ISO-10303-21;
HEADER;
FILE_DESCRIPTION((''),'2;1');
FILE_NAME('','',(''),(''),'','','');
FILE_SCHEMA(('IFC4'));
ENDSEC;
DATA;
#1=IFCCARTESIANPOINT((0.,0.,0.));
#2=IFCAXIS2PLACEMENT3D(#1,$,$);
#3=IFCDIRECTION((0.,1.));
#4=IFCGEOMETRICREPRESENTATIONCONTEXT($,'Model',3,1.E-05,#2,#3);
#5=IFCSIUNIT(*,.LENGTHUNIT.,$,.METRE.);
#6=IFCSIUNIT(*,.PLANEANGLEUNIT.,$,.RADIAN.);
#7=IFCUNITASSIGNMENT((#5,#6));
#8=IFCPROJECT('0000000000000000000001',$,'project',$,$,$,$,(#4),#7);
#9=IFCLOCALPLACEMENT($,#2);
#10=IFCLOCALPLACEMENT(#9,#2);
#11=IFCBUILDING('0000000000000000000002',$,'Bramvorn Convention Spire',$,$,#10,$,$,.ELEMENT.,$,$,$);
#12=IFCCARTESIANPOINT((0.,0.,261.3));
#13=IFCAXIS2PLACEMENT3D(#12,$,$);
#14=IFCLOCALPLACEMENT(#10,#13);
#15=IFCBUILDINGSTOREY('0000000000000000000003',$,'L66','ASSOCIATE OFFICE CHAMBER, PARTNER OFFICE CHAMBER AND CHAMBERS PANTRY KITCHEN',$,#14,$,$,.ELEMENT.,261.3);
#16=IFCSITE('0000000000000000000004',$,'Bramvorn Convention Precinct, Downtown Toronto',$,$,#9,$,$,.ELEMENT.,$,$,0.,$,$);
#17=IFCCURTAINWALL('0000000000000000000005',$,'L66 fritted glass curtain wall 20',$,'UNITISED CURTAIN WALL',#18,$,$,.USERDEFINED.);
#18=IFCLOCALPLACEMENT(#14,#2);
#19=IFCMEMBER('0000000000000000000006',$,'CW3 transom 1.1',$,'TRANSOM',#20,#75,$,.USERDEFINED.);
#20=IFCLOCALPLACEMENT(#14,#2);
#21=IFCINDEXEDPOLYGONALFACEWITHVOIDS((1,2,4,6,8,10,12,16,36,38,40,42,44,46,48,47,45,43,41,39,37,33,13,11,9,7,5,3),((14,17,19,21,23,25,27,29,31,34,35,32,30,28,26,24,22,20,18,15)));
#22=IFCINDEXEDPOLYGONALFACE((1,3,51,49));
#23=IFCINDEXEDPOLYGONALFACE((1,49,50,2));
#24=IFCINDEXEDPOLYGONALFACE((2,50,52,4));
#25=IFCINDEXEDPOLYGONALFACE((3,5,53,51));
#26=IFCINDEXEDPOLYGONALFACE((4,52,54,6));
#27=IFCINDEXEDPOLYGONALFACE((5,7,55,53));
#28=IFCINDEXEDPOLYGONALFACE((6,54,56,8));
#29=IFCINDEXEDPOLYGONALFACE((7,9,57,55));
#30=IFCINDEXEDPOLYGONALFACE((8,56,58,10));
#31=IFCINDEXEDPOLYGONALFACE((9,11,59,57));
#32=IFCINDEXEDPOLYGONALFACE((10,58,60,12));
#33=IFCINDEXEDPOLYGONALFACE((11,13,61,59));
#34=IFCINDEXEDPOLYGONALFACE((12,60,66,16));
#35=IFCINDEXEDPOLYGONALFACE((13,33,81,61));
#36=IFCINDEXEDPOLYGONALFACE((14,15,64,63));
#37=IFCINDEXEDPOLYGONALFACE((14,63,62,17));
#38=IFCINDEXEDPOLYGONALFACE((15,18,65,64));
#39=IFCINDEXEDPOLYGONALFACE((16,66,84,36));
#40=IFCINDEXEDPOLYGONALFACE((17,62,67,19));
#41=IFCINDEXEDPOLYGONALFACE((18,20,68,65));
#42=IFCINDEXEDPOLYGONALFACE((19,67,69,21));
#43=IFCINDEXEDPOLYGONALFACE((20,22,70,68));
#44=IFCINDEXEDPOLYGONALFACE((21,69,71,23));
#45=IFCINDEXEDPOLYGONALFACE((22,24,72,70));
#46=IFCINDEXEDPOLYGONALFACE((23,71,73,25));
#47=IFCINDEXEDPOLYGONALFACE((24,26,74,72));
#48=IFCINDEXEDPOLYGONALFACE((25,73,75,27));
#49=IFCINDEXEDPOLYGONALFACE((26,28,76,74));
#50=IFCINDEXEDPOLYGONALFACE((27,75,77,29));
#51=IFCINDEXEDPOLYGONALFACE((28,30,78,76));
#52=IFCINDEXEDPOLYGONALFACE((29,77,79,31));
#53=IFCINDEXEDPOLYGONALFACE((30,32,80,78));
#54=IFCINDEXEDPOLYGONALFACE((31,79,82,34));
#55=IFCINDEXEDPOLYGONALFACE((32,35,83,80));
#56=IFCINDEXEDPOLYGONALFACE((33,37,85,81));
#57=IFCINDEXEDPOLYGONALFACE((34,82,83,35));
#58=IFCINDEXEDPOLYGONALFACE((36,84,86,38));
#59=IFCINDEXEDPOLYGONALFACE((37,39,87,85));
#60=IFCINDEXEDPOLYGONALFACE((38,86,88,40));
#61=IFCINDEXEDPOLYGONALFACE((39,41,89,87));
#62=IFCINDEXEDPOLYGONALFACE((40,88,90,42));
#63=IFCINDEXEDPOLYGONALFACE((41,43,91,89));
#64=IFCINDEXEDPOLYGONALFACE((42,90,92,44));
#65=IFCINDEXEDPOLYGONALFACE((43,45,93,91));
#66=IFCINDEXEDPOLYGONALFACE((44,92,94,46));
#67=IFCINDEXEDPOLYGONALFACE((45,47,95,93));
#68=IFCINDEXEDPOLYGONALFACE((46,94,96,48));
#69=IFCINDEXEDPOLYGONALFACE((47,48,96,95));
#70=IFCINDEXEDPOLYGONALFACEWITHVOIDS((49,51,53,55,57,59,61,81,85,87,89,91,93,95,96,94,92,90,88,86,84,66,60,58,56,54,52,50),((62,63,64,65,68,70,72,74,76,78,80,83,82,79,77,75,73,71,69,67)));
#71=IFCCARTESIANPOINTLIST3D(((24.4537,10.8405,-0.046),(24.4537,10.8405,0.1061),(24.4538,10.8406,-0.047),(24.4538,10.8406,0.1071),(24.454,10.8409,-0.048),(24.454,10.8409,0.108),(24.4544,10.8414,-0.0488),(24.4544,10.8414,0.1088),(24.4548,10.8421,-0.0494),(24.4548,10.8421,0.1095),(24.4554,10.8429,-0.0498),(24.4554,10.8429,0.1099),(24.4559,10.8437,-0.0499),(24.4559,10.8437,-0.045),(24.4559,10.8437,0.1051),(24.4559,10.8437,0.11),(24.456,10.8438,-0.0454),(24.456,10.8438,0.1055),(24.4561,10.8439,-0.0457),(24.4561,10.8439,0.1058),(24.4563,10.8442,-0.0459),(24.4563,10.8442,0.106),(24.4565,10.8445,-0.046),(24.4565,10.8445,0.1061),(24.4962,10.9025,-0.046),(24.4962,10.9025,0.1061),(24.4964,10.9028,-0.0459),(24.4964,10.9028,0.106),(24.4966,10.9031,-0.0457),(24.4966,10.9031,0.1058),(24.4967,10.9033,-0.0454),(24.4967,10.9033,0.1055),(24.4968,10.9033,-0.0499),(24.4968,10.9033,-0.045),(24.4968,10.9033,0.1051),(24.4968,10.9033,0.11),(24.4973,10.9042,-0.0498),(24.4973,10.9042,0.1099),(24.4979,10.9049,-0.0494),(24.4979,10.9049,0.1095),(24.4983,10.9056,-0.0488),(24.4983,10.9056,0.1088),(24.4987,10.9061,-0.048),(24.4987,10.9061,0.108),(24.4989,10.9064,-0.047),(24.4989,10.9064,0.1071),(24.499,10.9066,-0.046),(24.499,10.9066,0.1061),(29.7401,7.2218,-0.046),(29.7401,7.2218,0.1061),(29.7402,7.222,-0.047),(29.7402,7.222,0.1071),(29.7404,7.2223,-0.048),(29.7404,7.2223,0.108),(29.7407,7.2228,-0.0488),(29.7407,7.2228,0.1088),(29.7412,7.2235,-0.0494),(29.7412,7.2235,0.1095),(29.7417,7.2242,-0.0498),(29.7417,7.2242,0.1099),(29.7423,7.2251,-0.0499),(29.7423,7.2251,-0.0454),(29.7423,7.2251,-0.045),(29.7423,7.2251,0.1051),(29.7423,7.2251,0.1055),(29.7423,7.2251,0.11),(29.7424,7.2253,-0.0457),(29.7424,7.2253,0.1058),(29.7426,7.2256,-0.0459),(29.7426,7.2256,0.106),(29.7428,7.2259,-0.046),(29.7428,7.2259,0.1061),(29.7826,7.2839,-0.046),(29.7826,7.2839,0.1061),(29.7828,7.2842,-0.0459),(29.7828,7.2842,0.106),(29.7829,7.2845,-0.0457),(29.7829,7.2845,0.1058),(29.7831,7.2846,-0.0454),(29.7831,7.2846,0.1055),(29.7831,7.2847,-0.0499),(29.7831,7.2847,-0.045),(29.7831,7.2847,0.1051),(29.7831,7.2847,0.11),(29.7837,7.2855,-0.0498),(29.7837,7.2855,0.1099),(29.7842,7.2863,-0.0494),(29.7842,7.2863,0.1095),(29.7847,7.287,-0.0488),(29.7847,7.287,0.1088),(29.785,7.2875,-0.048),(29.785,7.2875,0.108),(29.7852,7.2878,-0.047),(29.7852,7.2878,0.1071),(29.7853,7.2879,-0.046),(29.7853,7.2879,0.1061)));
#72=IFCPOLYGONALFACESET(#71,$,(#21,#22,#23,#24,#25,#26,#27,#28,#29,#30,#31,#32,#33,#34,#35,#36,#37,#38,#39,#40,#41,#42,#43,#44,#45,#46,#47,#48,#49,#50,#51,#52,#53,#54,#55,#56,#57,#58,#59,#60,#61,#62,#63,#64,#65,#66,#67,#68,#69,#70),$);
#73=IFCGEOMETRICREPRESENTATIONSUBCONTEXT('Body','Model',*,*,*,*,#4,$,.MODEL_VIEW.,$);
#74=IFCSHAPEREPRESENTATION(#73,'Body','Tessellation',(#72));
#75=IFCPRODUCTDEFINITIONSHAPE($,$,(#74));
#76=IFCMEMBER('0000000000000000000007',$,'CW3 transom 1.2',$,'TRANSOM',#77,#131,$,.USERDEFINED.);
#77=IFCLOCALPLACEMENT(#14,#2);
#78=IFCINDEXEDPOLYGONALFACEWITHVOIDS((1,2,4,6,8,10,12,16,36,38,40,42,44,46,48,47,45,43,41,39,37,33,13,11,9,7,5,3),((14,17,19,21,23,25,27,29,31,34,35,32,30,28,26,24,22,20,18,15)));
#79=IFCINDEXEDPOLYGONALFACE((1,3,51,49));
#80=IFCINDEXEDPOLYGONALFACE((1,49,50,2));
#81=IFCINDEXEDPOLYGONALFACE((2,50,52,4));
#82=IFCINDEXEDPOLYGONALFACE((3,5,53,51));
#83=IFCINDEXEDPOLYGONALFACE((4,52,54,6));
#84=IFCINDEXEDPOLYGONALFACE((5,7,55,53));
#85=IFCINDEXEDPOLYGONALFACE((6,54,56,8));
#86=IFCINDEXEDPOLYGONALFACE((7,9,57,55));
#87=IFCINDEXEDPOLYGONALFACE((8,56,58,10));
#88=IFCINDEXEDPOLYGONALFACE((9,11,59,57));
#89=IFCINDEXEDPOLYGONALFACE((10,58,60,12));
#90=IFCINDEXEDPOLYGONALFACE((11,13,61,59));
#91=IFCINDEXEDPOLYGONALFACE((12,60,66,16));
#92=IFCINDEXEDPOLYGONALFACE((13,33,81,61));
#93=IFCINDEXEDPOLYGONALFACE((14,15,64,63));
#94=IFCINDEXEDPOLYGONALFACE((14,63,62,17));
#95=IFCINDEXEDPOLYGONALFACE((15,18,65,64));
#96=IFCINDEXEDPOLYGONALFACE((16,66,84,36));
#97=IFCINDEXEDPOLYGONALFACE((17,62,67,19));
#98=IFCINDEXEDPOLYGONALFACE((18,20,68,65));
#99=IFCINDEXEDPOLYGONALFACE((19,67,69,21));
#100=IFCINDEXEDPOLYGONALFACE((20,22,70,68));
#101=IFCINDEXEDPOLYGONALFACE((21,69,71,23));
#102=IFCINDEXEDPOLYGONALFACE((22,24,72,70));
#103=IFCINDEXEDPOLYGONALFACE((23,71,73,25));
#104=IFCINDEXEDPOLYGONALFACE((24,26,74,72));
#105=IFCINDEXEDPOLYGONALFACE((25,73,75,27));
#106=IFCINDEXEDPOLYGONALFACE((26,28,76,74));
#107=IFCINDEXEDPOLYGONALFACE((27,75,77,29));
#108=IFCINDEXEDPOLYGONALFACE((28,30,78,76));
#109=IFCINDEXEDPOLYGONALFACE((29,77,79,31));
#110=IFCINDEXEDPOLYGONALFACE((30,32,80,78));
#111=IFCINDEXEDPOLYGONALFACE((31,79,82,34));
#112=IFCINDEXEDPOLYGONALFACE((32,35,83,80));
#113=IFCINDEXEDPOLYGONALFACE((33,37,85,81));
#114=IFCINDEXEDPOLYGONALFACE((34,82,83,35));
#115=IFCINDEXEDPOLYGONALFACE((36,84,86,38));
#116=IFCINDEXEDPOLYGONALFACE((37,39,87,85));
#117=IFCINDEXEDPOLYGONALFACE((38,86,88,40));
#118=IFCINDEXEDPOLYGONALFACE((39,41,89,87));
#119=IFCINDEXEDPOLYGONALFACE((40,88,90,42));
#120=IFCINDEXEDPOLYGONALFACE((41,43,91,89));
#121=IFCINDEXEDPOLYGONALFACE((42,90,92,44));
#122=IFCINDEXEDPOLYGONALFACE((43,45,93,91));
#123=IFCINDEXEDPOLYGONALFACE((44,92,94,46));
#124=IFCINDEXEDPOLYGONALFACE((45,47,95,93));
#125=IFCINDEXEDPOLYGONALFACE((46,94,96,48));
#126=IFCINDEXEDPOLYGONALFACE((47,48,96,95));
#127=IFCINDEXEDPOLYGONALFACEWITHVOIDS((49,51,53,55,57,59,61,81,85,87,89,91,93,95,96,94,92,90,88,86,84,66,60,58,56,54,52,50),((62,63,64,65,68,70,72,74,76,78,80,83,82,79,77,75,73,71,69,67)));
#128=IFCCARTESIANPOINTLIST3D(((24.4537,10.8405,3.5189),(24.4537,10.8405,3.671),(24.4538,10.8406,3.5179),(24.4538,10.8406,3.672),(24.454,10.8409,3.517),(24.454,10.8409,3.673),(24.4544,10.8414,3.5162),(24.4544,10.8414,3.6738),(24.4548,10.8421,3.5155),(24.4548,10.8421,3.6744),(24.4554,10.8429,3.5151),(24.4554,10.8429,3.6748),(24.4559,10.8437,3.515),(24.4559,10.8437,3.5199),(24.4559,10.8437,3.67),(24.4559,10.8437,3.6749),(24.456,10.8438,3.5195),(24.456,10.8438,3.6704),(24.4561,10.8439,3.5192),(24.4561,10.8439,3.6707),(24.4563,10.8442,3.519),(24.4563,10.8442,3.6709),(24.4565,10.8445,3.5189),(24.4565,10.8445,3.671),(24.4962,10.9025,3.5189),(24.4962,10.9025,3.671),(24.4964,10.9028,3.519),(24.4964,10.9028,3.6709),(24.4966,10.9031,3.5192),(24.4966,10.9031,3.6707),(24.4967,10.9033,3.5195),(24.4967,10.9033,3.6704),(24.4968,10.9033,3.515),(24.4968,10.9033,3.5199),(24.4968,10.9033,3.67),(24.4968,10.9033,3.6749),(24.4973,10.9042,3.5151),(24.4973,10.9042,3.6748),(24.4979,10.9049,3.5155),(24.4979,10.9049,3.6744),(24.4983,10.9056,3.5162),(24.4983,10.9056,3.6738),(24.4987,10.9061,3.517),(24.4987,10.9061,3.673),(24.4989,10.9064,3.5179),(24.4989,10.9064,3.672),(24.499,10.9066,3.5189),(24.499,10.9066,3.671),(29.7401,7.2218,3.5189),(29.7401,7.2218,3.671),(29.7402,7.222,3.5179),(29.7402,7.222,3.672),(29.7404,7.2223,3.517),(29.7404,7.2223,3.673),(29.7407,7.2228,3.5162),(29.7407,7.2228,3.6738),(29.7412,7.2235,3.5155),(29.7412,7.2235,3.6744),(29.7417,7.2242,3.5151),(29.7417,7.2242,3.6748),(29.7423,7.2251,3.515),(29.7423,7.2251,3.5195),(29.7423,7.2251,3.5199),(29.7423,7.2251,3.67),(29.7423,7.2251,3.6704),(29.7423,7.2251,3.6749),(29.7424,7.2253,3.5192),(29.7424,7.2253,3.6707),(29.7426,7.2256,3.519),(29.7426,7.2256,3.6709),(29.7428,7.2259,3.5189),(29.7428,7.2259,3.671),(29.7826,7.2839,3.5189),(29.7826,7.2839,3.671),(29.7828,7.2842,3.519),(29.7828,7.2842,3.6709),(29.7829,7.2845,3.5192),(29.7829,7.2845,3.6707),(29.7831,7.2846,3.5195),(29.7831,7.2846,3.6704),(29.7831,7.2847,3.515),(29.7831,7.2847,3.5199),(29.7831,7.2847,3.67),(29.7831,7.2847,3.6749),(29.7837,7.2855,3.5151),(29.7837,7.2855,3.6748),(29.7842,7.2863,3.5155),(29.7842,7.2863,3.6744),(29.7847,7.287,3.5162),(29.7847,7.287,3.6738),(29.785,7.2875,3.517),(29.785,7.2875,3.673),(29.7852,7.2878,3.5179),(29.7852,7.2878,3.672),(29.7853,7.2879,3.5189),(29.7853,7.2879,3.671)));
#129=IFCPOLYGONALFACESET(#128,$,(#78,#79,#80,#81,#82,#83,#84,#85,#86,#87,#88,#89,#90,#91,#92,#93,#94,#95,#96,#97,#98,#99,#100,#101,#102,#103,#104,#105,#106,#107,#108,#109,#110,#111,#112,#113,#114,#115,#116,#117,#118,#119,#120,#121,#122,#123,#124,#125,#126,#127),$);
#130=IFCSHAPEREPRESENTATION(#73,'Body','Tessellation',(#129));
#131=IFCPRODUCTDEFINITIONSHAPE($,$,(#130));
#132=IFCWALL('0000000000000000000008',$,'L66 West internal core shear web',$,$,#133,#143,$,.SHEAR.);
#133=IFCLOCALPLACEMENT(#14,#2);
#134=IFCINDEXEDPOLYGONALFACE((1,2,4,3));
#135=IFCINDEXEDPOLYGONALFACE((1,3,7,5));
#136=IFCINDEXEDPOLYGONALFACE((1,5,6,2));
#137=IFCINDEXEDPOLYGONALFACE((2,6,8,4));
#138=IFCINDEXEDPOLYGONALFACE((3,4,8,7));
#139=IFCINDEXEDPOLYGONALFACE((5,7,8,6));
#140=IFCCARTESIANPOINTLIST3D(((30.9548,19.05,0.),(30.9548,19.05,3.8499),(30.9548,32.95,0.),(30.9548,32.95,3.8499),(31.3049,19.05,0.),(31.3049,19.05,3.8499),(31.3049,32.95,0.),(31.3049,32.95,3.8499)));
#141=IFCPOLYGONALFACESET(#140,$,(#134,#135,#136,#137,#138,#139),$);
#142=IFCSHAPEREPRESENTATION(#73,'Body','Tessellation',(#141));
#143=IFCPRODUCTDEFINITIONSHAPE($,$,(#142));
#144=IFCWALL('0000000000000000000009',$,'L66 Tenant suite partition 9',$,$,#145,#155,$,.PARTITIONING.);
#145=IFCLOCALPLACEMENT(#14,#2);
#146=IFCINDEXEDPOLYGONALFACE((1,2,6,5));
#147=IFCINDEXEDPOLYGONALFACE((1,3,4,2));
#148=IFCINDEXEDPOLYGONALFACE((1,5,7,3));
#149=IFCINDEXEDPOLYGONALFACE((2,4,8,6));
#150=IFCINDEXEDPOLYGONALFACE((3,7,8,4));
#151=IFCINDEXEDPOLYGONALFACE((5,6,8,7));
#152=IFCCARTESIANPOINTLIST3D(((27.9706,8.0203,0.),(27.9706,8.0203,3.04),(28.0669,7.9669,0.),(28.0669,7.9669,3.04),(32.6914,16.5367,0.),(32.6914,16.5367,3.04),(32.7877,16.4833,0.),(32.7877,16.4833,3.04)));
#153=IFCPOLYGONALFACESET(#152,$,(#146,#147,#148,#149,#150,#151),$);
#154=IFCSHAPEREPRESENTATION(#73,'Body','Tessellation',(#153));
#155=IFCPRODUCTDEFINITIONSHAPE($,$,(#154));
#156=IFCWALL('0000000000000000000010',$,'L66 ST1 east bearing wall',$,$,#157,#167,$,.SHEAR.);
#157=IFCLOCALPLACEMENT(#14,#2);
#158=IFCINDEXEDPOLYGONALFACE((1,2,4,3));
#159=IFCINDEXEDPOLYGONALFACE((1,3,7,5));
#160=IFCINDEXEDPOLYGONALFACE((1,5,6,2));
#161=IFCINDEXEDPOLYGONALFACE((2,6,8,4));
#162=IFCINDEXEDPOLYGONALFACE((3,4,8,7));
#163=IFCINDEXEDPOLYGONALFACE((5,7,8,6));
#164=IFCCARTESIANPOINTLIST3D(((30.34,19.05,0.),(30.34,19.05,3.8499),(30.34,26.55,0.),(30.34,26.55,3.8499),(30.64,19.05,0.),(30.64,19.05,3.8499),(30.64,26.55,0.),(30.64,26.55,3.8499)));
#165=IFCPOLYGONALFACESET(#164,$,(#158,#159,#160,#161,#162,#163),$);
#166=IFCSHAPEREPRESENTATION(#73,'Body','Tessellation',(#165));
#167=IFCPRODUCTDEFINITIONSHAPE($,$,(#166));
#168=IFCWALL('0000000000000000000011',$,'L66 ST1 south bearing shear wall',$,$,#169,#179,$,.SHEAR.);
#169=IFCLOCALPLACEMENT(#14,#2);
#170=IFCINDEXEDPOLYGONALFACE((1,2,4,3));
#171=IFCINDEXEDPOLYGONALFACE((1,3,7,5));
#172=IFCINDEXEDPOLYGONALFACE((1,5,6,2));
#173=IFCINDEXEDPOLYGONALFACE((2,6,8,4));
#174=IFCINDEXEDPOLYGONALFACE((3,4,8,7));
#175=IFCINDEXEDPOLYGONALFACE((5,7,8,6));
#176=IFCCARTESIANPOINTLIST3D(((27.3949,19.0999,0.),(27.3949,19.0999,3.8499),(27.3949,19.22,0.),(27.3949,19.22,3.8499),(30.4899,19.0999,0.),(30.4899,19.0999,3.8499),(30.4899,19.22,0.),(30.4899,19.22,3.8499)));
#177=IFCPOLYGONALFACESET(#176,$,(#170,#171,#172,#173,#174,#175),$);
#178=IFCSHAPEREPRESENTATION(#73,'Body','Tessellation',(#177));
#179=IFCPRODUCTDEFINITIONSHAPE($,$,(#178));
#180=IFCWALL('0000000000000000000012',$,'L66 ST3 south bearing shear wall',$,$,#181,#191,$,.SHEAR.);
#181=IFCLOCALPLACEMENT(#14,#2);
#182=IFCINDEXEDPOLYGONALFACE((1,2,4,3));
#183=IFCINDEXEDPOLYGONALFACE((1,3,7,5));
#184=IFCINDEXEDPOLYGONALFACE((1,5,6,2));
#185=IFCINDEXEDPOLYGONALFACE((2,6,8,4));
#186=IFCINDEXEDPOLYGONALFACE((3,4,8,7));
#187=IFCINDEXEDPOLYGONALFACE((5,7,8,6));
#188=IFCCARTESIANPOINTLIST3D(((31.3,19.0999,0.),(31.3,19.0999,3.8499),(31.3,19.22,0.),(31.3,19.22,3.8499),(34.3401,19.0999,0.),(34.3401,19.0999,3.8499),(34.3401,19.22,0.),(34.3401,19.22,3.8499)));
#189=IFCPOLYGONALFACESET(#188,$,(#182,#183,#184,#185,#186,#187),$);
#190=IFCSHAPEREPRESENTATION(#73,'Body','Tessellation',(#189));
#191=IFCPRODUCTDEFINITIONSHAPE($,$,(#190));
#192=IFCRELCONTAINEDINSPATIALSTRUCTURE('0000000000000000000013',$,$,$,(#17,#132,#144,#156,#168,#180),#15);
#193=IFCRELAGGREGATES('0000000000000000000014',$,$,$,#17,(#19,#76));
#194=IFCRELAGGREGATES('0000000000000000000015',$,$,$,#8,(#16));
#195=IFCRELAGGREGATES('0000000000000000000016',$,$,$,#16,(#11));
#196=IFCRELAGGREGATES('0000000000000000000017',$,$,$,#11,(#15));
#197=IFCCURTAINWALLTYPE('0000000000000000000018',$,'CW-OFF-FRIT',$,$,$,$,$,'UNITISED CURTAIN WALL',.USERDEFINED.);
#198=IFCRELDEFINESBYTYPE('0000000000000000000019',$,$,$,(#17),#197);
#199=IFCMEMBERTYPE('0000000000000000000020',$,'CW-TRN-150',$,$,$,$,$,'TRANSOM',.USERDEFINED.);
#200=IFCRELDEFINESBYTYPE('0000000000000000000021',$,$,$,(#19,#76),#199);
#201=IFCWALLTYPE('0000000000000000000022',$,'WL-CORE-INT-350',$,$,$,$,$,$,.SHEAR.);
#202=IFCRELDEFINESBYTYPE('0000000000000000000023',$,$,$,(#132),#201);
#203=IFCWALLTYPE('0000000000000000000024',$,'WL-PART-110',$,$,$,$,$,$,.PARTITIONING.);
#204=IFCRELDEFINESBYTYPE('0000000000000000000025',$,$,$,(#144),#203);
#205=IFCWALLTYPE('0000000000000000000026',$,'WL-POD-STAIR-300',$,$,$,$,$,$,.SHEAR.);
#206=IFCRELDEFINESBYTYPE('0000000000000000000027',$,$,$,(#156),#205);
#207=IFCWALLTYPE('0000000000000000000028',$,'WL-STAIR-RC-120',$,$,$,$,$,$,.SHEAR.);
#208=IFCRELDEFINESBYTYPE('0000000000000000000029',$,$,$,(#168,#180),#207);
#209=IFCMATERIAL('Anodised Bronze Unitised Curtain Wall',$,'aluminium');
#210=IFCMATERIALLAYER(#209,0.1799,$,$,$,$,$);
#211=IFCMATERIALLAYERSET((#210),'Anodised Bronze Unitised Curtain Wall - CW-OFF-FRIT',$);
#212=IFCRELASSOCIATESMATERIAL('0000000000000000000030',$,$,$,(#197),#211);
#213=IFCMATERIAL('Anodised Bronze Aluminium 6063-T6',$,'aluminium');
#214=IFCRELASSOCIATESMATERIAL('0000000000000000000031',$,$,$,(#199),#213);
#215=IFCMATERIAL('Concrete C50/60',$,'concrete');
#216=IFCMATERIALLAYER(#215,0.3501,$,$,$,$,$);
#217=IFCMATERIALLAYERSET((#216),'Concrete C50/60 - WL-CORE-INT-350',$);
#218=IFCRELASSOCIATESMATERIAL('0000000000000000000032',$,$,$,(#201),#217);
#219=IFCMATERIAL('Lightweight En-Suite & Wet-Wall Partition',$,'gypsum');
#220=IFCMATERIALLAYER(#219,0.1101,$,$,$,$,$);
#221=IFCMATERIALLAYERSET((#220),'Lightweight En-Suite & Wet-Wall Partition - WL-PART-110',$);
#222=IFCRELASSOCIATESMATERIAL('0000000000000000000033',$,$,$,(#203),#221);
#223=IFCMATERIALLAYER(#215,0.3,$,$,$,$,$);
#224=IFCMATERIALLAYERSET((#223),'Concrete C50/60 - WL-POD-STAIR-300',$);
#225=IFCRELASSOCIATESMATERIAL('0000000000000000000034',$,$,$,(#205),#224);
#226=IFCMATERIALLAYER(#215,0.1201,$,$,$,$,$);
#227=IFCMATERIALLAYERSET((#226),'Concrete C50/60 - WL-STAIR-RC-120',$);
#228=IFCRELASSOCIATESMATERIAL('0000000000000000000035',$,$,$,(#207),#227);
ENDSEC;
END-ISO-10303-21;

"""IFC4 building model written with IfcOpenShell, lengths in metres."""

from ifc_helpers import new_model, si_unit, direction, frame, frame_2d, origin, origin_2d, place, context, subcontext, project, spatial, rectangle, hollow_rectangle, extrude, material, layer, layer_set, material_profile, profile_set, type_object, element, aggregate, save


model = new_model("IFC4")

# Units and contexts
model_context = context("Model", 3, precision=1e-05, world=origin(), true_north=direction((0.0, 1.0)))
body_context = subcontext(model_context, "Body", "Model", "MODEL_VIEW")
ifc_project = project(units=[si_unit("LENGTHUNIT", "METRE"), si_unit("PLANEANGLEUNIT", "RADIAN")], contexts=[model_context])

# Site, building, storey
site_placement = place(None, origin())
site = spatial("IfcSite", under=ifc_project, at=site_placement, Name="Bramvorn Convention Precinct, Downtown Toronto", CompositionType="ELEMENT", RefElevation=0.0)
building_placement = place(site_placement, origin())
building = spatial("IfcBuilding", under=site, at=building_placement, Name="Bramvorn Convention Spire", CompositionType="ELEMENT")
storey_placement = place(building_placement, frame((0.0, 0.0, 261.3)))
storey = spatial("IfcBuildingStorey", under=building, at=storey_placement, Name="L66", Description="ASSOCIATE OFFICE CHAMBER, PARTNER OFFICE CHAMBER AND CHAMBERS PANTRY KITCHEN", CompositionType="ELEMENT", Elevation=261.3)

# Curtain wall, members
ifc_material_1 = material(Name="Anodised Bronze Unitised Curtain Wall", Category="aluminium")
ifc_layer_1 = layer(ifc_material_1, 0.1799)
ifc_layer_set_1 = layer_set([ifc_layer_1], Name="Anodised Bronze Unitised Curtain Wall - CW-OFF-FRIT")
curtain_wall_type = type_object("IfcCurtainWallType", Name="CW-OFF-FRIT", ElementType="UNITISED CURTAIN WALL", PredefinedType="USERDEFINED", material=ifc_layer_set_1)
curtain_wall_placement = place(storey_placement, origin())
curtain_wall = element("IfcCurtainWall", 1, at=curtain_wall_placement, inside=storey, type_object=curtain_wall_type, Name="L66 fritted glass curtain wall 20", ObjectType="UNITISED CURTAIN WALL", PredefinedType="USERDEFINED")
ifc_material_2 = material(Name="Anodised Bronze Aluminium 6063-T6", Category="aluminium")
ifc_material_profile_1 = material_profile(ifc_material_2, hollow_rectangle(XDim=0.0801, YDim=0.1599, WallThickness=0.0039, InnerFilletRadius=0.001, OuterFilletRadius=0.0039, at=origin_2d()))
ifc_profile_set_1 = profile_set([ifc_material_profile_1], Name="Anodised Bronze Aluminium 6063-T6 - CWT80X160")
member_type_1 = type_object("IfcMemberType", Name="CW-TRN-150", ElementType="TRANSOM", PredefinedType="USERDEFINED", material=ifc_profile_set_1)
member_1_placement = place(storey_placement, frame((29.7627, 7.2549, 0.03), z_axis=(-0.825187, 0.56486, 0.0), x_axis=(-0.56486, -0.825187, 0.0)))
member_1 = element("IfcMember", 2, at=member_1_placement, type_object=member_type_1, Name="CW3 transom 1.1", ObjectType="TRANSOM", PredefinedType="USERDEFINED", context=body_context, shape_type="SweptSolid", body=[
    extrude(hollow_rectangle(XDim=0.0801, YDim=0.1599, WallThickness=0.0039, InnerFilletRadius=0.001, OuterFilletRadius=0.0039, at=origin_2d()), origin(), (0.0, 0.0, 1.0), 6.4062),
])
member_2_placement = place(storey_placement, frame((29.7627, 7.2549, 3.595), z_axis=(-0.825187, 0.56486, 0.0), x_axis=(-0.56486, -0.825187, 0.0)))
member_2 = element("IfcMember", 3, at=member_2_placement, type_object=member_type_1, Name="CW3 transom 1.2", ObjectType="TRANSOM", PredefinedType="USERDEFINED", context=body_context, shape_type="SweptSolid", body=[
    extrude(hollow_rectangle(XDim=0.0801, YDim=0.1599, WallThickness=0.0039, InnerFilletRadius=0.001, OuterFilletRadius=0.0039, at=origin_2d()), origin(), (0.0, 0.0, 1.0), 6.4062),
])
aggregate(curtain_wall, [member_1, member_2])

# Walls
ifc_material_3 = material(Name="Concrete C50/60", Category="concrete")
ifc_layer_2 = layer(ifc_material_3, 0.3501)
ifc_layer_set_2 = layer_set([ifc_layer_2], Name="Concrete C50/60 - WL-CORE-INT-350")
wall_type_1 = type_object("IfcWallType", Name="WL-CORE-INT-350", PredefinedType="SHEAR", material=ifc_layer_set_2)
wall_1_placement = place(storey_placement, frame((31.1299, 19.05, 0.0), z_axis=(0.0, 0.0, 1.0), x_axis=(0.0, 1.0, 0.0)))
element("IfcWall", 4, at=wall_1_placement, inside=storey, type_object=wall_type_1, Name="L66 West internal core shear web", PredefinedType="SHEAR", context=body_context, shape_type="SweptSolid", body=[
    extrude(rectangle(XDim=13.8999, YDim=0.3501, at=frame_2d((6.95, 0.0))), origin(), (0.0, 0.0, 1.0), 3.8499),
])
ifc_material_4 = material(Name="Lightweight En-Suite & Wet-Wall Partition", Category="gypsum")
ifc_layer_3 = layer(ifc_material_4, 0.1101)
ifc_layer_set_3 = layer_set([ifc_layer_3], Name="Lightweight En-Suite & Wet-Wall Partition - WL-PART-110")
wall_type_2 = type_object("IfcWallType", Name="WL-PART-110", PredefinedType="PARTITIONING", material=ifc_layer_set_3)
wall_2_placement = place(storey_placement, frame((32.7395, 16.51, 0.0), z_axis=(0.0, 0.0, 1.0), x_axis=(-0.48481, -0.874619, 0.0)))
element("IfcWall", 5, at=wall_2_placement, inside=storey, type_object=wall_type_2, Name="L66 Tenant suite partition 9", PredefinedType="PARTITIONING", context=body_context, shape_type="SweptSolid", body=[
    extrude(rectangle(XDim=9.7373, YDim=0.1101, at=frame_2d((4.8687, 0.0))), origin(), (0.0, 0.0, 1.0), 3.04),
])
ifc_layer_4 = layer(ifc_material_3, 0.3)
ifc_layer_set_4 = layer_set([ifc_layer_4], Name="Concrete C50/60 - WL-POD-STAIR-300")
wall_type_3 = type_object("IfcWallType", Name="WL-POD-STAIR-300", PredefinedType="SHEAR", material=ifc_layer_set_4)
wall_3_placement = place(storey_placement, frame((30.49, 19.05, 0.0), z_axis=(0.0, 0.0, 1.0), x_axis=(0.0, 1.0, 0.0)))
element("IfcWall", 6, at=wall_3_placement, inside=storey, type_object=wall_type_3, Name="L66 ST1 east bearing wall", PredefinedType="SHEAR", context=body_context, shape_type="SweptSolid", body=[
    extrude(rectangle(XDim=7.5, YDim=0.3, at=frame_2d((3.75, 0.0))), origin(), (0.0, 0.0, 1.0), 3.8499),
])
ifc_layer_5 = layer(ifc_material_3, 0.1201)
ifc_layer_set_5 = layer_set([ifc_layer_5], Name="Concrete C50/60 - WL-STAIR-RC-120")
wall_type_4 = type_object("IfcWallType", Name="WL-STAIR-RC-120", PredefinedType="SHEAR", material=ifc_layer_set_5)
wall_4_placement = place(storey_placement, frame((27.395, 19.1599, 0.0), z_axis=(0.0, 0.0, 1.0), x_axis=(1.0, 0.0, 0.0)))
element("IfcWall", 7, at=wall_4_placement, inside=storey, type_object=wall_type_4, Name="L66 ST1 south bearing shear wall", PredefinedType="SHEAR", context=body_context, shape_type="SweptSolid", body=[
    extrude(rectangle(XDim=3.095, YDim=0.1201, at=frame_2d((1.5474, 0.0))), origin(), (0.0, 0.0, 1.0), 3.8499),
])
wall_5_placement = place(storey_placement, frame((31.3, 19.1599, 0.0), z_axis=(0.0, 0.0, 1.0), x_axis=(1.0, 0.0, 0.0)))
element("IfcWall", 8, at=wall_5_placement, inside=storey, type_object=wall_type_4, Name="L66 ST3 south bearing shear wall", PredefinedType="SHEAR", context=body_context, shape_type="SweptSolid", body=[
    extrude(rectangle(XDim=3.04, YDim=0.1201, at=frame_2d((1.52, 0.0))), origin(), (0.0, 0.0, 1.0), 3.8499),
])

save(model, "model.ifc")
